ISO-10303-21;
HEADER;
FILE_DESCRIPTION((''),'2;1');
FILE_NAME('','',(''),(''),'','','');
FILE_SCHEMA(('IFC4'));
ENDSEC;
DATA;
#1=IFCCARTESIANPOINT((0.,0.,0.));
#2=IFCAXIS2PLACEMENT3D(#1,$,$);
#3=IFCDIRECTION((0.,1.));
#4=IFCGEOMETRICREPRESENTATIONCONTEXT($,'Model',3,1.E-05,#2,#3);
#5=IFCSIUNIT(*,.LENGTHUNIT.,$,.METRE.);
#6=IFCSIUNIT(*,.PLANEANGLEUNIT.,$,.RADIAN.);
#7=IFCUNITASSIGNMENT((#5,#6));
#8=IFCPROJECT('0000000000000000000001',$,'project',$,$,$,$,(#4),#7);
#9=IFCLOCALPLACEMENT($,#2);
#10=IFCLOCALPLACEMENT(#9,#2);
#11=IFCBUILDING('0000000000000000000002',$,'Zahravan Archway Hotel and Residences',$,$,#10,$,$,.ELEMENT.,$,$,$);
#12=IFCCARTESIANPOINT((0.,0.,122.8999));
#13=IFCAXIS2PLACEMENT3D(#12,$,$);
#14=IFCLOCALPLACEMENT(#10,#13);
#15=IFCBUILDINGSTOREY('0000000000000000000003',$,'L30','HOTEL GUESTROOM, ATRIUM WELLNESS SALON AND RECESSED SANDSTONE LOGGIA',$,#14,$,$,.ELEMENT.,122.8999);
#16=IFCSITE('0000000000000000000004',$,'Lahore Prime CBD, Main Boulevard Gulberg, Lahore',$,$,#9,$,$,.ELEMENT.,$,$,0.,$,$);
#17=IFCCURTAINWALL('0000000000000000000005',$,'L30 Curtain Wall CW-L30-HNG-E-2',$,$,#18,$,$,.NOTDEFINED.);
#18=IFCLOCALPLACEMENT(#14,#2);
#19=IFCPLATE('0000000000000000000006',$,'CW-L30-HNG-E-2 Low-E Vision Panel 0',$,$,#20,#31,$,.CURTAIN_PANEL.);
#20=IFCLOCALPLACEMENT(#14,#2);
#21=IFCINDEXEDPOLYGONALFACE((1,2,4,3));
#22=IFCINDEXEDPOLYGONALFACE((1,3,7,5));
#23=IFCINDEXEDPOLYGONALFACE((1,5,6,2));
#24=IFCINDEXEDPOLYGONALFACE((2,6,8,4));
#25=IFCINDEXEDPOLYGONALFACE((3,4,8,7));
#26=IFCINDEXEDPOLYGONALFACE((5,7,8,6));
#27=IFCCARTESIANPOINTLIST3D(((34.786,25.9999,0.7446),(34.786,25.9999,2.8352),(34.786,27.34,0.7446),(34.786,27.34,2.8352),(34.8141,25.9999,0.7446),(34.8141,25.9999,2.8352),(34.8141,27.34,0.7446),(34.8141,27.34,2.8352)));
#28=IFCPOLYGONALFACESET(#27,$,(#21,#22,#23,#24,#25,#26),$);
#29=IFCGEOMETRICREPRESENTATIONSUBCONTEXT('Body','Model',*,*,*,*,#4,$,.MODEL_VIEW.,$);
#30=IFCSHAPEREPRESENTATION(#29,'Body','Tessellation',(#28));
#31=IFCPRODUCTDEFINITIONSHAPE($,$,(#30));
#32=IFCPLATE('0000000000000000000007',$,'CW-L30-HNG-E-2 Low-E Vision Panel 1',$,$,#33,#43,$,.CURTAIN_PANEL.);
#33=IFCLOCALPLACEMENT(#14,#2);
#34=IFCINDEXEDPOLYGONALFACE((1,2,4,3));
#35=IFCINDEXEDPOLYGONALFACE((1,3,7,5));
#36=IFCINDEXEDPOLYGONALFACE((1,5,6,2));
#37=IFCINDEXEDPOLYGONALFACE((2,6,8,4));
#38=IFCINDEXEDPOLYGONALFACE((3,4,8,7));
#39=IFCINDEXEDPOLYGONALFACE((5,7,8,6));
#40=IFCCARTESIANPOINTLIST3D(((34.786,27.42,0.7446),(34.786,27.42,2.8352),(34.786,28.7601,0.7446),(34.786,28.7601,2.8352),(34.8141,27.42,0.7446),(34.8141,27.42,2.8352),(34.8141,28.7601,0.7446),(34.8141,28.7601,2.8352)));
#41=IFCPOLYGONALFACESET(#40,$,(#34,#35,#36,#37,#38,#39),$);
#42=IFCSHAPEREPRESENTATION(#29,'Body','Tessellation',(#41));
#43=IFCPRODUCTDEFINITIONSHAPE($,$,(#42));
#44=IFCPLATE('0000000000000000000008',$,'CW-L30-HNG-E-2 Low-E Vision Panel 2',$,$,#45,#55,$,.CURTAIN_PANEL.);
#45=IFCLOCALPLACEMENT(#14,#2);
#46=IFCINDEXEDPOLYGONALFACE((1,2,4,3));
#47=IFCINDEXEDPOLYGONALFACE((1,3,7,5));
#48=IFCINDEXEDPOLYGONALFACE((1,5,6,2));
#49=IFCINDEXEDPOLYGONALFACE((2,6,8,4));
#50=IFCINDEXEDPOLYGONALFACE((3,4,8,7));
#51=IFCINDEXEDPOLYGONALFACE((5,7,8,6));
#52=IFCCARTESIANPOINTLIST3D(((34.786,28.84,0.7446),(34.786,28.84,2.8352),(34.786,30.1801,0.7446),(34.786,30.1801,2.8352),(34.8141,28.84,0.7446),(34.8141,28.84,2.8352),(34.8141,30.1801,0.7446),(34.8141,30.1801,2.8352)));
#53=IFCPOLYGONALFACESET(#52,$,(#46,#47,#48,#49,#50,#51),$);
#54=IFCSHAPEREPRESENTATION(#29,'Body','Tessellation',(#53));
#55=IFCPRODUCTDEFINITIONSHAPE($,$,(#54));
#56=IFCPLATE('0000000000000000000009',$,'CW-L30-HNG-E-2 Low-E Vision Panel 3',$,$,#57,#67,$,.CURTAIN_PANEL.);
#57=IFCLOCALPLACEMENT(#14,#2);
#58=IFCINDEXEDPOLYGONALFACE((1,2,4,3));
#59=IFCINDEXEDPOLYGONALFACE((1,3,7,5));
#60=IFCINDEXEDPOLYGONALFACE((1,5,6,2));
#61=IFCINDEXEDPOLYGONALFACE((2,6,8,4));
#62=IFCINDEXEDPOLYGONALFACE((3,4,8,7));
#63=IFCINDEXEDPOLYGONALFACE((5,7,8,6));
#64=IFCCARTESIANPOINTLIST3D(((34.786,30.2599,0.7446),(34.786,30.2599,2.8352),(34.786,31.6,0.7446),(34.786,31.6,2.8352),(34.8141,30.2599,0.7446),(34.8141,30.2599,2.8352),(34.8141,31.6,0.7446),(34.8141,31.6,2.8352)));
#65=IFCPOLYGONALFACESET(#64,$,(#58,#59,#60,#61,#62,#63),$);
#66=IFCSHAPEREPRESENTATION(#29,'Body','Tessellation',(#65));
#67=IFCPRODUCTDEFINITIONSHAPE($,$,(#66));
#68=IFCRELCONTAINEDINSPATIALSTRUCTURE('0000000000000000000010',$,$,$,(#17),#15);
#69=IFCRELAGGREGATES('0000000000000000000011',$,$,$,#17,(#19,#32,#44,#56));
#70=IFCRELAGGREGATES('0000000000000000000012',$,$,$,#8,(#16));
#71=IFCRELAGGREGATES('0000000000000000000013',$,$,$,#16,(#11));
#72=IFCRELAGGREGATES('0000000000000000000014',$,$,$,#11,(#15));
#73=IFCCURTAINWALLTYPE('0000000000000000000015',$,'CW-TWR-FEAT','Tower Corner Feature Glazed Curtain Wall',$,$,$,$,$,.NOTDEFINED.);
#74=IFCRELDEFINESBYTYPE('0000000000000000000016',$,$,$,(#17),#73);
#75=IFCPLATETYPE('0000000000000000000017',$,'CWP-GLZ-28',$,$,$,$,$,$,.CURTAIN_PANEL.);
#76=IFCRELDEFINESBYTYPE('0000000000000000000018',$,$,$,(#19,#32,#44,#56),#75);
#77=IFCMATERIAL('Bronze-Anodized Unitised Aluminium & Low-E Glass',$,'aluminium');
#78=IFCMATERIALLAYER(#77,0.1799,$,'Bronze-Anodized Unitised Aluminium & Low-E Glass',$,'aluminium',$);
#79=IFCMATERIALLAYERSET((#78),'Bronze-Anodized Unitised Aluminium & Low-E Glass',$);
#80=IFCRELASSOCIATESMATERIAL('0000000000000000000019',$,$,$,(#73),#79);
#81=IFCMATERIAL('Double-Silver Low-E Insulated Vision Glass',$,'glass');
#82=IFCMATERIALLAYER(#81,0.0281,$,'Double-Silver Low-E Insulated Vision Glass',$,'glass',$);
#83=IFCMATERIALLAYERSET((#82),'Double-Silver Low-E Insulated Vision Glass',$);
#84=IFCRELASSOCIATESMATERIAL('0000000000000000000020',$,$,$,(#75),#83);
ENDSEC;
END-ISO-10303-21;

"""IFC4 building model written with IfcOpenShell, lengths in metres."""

from ifc_helpers import new_model, si_unit, direction, frame, origin, origin_2d, place, context, subcontext, project, spatial, rectangle, extrude, source, transform, mapped, material, layer, layer_set, type_object, element, aggregate, save


model = new_model("IFC4")

# Units and contexts
model_context = context("Model", 3, precision=1e-05, world=origin(), true_north=direction((0.0, 1.0)))
body_context = subcontext(model_context, "Body", "Model", "MODEL_VIEW")
ifc_project = project(units=[si_unit("LENGTHUNIT", "METRE"), si_unit("PLANEANGLEUNIT", "RADIAN")], contexts=[model_context])

# Site, building, storey
site_placement = place(None, origin())
site = spatial("IfcSite", under=ifc_project, at=site_placement, Name="Lahore Prime CBD, Main Boulevard Gulberg, Lahore", CompositionType="ELEMENT", RefElevation=0.0)
building_placement = place(site_placement, origin())
building = spatial("IfcBuilding", under=site, at=building_placement, Name="Zahravan Archway Hotel and Residences", CompositionType="ELEMENT")
storey_placement = place(building_placement, frame((0.0, 0.0, 122.8999)))
storey = spatial("IfcBuildingStorey", under=building, at=storey_placement, Name="L30", Description="HOTEL GUESTROOM, ATRIUM WELLNESS SALON AND RECESSED SANDSTONE LOGGIA", CompositionType="ELEMENT", Elevation=122.8999)

# Curtain wall
ifc_material_1 = material(Name="Bronze-Anodized Unitised Aluminium & Low-E Glass", Category="aluminium")
ifc_layer_1 = layer(ifc_material_1, 0.1799, Name="Bronze-Anodized Unitised Aluminium & Low-E Glass", Category="aluminium")
ifc_layer_set_1 = layer_set([ifc_layer_1], Name="Bronze-Anodized Unitised Aluminium & Low-E Glass")
curtain_wall_type = type_object("IfcCurtainWallType", Name="CW-TWR-FEAT", Description="Tower Corner Feature Glazed Curtain Wall", PredefinedType="NOTDEFINED", material=ifc_layer_set_1)
curtain_wall_1_placement = place(storey_placement, origin())
curtain_wall_1 = element("IfcCurtainWall", 1, at=curtain_wall_1_placement, inside=storey, type_object=curtain_wall_type, Name="L30 Curtain Wall CW-L30-HNG-E-2", PredefinedType="NOTDEFINED")

# Plates
ifc_material_2 = material(Name="Double-Silver Low-E Insulated Vision Glass", Category="glass")
ifc_layer_2 = layer(ifc_material_2, 0.0281, Name="Double-Silver Low-E Insulated Vision Glass", Category="glass")
ifc_layer_set_2 = layer_set([ifc_layer_2], Name="Double-Silver Low-E Insulated Vision Glass")
plate_type_1 = type_object("IfcPlateType", Name="CWP-GLZ-28", PredefinedType="CURTAIN_PANEL", material=ifc_layer_set_2)
shared_shape_1 = source(origin(), body_context, "Body", "SweptSolid", [
    extrude(rectangle(XDim=1.3401, YDim=0.0281, at=origin_2d()), origin(), (0.0, 0.0, 1.0), 2.0906),
])
plate_1_placement = place(storey_placement, frame((34.8, 26.6699, 0.7446), z_axis=(0.0, 0.0, 1.0), x_axis=(0.0, 1.0, 0.0)))
plate_1 = element("IfcPlate", 2, at=plate_1_placement, type_object=plate_type_1, Name="CW-L30-HNG-E-2 Low-E Vision Panel 0", PredefinedType="CURTAIN_PANEL", context=body_context, shape_type="MappedRepresentation", body=[
    mapped(shared_shape_1, transform((0.0, 0.0, 0.0), scale=1.0)),
])
plate_2_placement = place(storey_placement, frame((34.8, 28.0901, 0.7446), z_axis=(0.0, 0.0, 1.0), x_axis=(0.0, 1.0, 0.0)))
plate_2 = element("IfcPlate", 3, at=plate_2_placement, type_object=plate_type_1, Name="CW-L30-HNG-E-2 Low-E Vision Panel 1", PredefinedType="CURTAIN_PANEL", context=body_context, shape_type="MappedRepresentation", body=[
    mapped(shared_shape_1, transform((0.0, 0.0, 0.0), scale=1.0)),
])
plate_3_placement = place(storey_placement, frame((34.8, 29.51, 0.7446), z_axis=(0.0, 0.0, 1.0), x_axis=(0.0, 1.0, 0.0)))
plate_3 = element("IfcPlate", 4, at=plate_3_placement, type_object=plate_type_1, Name="CW-L30-HNG-E-2 Low-E Vision Panel 2", PredefinedType="CURTAIN_PANEL", context=body_context, shape_type="MappedRepresentation", body=[
    mapped(shared_shape_1, transform((0.0, 0.0, 0.0), scale=1.0)),
])
plate_4_placement = place(storey_placement, frame((34.8, 30.9299, 0.7446), z_axis=(0.0, 0.0, 1.0), x_axis=(0.0, 1.0, 0.0)))
plate_4 = element("IfcPlate", 5, at=plate_4_placement, type_object=plate_type_1, Name="CW-L30-HNG-E-2 Low-E Vision Panel 3", PredefinedType="CURTAIN_PANEL", context=body_context, shape_type="MappedRepresentation", body=[
    mapped(shared_shape_1, transform((0.0, 0.0, 0.0), scale=1.0)),
])
aggregate(curtain_wall_1, [plate_1, plate_2, plate_3, plate_4])

save(model, "model.ifc")
